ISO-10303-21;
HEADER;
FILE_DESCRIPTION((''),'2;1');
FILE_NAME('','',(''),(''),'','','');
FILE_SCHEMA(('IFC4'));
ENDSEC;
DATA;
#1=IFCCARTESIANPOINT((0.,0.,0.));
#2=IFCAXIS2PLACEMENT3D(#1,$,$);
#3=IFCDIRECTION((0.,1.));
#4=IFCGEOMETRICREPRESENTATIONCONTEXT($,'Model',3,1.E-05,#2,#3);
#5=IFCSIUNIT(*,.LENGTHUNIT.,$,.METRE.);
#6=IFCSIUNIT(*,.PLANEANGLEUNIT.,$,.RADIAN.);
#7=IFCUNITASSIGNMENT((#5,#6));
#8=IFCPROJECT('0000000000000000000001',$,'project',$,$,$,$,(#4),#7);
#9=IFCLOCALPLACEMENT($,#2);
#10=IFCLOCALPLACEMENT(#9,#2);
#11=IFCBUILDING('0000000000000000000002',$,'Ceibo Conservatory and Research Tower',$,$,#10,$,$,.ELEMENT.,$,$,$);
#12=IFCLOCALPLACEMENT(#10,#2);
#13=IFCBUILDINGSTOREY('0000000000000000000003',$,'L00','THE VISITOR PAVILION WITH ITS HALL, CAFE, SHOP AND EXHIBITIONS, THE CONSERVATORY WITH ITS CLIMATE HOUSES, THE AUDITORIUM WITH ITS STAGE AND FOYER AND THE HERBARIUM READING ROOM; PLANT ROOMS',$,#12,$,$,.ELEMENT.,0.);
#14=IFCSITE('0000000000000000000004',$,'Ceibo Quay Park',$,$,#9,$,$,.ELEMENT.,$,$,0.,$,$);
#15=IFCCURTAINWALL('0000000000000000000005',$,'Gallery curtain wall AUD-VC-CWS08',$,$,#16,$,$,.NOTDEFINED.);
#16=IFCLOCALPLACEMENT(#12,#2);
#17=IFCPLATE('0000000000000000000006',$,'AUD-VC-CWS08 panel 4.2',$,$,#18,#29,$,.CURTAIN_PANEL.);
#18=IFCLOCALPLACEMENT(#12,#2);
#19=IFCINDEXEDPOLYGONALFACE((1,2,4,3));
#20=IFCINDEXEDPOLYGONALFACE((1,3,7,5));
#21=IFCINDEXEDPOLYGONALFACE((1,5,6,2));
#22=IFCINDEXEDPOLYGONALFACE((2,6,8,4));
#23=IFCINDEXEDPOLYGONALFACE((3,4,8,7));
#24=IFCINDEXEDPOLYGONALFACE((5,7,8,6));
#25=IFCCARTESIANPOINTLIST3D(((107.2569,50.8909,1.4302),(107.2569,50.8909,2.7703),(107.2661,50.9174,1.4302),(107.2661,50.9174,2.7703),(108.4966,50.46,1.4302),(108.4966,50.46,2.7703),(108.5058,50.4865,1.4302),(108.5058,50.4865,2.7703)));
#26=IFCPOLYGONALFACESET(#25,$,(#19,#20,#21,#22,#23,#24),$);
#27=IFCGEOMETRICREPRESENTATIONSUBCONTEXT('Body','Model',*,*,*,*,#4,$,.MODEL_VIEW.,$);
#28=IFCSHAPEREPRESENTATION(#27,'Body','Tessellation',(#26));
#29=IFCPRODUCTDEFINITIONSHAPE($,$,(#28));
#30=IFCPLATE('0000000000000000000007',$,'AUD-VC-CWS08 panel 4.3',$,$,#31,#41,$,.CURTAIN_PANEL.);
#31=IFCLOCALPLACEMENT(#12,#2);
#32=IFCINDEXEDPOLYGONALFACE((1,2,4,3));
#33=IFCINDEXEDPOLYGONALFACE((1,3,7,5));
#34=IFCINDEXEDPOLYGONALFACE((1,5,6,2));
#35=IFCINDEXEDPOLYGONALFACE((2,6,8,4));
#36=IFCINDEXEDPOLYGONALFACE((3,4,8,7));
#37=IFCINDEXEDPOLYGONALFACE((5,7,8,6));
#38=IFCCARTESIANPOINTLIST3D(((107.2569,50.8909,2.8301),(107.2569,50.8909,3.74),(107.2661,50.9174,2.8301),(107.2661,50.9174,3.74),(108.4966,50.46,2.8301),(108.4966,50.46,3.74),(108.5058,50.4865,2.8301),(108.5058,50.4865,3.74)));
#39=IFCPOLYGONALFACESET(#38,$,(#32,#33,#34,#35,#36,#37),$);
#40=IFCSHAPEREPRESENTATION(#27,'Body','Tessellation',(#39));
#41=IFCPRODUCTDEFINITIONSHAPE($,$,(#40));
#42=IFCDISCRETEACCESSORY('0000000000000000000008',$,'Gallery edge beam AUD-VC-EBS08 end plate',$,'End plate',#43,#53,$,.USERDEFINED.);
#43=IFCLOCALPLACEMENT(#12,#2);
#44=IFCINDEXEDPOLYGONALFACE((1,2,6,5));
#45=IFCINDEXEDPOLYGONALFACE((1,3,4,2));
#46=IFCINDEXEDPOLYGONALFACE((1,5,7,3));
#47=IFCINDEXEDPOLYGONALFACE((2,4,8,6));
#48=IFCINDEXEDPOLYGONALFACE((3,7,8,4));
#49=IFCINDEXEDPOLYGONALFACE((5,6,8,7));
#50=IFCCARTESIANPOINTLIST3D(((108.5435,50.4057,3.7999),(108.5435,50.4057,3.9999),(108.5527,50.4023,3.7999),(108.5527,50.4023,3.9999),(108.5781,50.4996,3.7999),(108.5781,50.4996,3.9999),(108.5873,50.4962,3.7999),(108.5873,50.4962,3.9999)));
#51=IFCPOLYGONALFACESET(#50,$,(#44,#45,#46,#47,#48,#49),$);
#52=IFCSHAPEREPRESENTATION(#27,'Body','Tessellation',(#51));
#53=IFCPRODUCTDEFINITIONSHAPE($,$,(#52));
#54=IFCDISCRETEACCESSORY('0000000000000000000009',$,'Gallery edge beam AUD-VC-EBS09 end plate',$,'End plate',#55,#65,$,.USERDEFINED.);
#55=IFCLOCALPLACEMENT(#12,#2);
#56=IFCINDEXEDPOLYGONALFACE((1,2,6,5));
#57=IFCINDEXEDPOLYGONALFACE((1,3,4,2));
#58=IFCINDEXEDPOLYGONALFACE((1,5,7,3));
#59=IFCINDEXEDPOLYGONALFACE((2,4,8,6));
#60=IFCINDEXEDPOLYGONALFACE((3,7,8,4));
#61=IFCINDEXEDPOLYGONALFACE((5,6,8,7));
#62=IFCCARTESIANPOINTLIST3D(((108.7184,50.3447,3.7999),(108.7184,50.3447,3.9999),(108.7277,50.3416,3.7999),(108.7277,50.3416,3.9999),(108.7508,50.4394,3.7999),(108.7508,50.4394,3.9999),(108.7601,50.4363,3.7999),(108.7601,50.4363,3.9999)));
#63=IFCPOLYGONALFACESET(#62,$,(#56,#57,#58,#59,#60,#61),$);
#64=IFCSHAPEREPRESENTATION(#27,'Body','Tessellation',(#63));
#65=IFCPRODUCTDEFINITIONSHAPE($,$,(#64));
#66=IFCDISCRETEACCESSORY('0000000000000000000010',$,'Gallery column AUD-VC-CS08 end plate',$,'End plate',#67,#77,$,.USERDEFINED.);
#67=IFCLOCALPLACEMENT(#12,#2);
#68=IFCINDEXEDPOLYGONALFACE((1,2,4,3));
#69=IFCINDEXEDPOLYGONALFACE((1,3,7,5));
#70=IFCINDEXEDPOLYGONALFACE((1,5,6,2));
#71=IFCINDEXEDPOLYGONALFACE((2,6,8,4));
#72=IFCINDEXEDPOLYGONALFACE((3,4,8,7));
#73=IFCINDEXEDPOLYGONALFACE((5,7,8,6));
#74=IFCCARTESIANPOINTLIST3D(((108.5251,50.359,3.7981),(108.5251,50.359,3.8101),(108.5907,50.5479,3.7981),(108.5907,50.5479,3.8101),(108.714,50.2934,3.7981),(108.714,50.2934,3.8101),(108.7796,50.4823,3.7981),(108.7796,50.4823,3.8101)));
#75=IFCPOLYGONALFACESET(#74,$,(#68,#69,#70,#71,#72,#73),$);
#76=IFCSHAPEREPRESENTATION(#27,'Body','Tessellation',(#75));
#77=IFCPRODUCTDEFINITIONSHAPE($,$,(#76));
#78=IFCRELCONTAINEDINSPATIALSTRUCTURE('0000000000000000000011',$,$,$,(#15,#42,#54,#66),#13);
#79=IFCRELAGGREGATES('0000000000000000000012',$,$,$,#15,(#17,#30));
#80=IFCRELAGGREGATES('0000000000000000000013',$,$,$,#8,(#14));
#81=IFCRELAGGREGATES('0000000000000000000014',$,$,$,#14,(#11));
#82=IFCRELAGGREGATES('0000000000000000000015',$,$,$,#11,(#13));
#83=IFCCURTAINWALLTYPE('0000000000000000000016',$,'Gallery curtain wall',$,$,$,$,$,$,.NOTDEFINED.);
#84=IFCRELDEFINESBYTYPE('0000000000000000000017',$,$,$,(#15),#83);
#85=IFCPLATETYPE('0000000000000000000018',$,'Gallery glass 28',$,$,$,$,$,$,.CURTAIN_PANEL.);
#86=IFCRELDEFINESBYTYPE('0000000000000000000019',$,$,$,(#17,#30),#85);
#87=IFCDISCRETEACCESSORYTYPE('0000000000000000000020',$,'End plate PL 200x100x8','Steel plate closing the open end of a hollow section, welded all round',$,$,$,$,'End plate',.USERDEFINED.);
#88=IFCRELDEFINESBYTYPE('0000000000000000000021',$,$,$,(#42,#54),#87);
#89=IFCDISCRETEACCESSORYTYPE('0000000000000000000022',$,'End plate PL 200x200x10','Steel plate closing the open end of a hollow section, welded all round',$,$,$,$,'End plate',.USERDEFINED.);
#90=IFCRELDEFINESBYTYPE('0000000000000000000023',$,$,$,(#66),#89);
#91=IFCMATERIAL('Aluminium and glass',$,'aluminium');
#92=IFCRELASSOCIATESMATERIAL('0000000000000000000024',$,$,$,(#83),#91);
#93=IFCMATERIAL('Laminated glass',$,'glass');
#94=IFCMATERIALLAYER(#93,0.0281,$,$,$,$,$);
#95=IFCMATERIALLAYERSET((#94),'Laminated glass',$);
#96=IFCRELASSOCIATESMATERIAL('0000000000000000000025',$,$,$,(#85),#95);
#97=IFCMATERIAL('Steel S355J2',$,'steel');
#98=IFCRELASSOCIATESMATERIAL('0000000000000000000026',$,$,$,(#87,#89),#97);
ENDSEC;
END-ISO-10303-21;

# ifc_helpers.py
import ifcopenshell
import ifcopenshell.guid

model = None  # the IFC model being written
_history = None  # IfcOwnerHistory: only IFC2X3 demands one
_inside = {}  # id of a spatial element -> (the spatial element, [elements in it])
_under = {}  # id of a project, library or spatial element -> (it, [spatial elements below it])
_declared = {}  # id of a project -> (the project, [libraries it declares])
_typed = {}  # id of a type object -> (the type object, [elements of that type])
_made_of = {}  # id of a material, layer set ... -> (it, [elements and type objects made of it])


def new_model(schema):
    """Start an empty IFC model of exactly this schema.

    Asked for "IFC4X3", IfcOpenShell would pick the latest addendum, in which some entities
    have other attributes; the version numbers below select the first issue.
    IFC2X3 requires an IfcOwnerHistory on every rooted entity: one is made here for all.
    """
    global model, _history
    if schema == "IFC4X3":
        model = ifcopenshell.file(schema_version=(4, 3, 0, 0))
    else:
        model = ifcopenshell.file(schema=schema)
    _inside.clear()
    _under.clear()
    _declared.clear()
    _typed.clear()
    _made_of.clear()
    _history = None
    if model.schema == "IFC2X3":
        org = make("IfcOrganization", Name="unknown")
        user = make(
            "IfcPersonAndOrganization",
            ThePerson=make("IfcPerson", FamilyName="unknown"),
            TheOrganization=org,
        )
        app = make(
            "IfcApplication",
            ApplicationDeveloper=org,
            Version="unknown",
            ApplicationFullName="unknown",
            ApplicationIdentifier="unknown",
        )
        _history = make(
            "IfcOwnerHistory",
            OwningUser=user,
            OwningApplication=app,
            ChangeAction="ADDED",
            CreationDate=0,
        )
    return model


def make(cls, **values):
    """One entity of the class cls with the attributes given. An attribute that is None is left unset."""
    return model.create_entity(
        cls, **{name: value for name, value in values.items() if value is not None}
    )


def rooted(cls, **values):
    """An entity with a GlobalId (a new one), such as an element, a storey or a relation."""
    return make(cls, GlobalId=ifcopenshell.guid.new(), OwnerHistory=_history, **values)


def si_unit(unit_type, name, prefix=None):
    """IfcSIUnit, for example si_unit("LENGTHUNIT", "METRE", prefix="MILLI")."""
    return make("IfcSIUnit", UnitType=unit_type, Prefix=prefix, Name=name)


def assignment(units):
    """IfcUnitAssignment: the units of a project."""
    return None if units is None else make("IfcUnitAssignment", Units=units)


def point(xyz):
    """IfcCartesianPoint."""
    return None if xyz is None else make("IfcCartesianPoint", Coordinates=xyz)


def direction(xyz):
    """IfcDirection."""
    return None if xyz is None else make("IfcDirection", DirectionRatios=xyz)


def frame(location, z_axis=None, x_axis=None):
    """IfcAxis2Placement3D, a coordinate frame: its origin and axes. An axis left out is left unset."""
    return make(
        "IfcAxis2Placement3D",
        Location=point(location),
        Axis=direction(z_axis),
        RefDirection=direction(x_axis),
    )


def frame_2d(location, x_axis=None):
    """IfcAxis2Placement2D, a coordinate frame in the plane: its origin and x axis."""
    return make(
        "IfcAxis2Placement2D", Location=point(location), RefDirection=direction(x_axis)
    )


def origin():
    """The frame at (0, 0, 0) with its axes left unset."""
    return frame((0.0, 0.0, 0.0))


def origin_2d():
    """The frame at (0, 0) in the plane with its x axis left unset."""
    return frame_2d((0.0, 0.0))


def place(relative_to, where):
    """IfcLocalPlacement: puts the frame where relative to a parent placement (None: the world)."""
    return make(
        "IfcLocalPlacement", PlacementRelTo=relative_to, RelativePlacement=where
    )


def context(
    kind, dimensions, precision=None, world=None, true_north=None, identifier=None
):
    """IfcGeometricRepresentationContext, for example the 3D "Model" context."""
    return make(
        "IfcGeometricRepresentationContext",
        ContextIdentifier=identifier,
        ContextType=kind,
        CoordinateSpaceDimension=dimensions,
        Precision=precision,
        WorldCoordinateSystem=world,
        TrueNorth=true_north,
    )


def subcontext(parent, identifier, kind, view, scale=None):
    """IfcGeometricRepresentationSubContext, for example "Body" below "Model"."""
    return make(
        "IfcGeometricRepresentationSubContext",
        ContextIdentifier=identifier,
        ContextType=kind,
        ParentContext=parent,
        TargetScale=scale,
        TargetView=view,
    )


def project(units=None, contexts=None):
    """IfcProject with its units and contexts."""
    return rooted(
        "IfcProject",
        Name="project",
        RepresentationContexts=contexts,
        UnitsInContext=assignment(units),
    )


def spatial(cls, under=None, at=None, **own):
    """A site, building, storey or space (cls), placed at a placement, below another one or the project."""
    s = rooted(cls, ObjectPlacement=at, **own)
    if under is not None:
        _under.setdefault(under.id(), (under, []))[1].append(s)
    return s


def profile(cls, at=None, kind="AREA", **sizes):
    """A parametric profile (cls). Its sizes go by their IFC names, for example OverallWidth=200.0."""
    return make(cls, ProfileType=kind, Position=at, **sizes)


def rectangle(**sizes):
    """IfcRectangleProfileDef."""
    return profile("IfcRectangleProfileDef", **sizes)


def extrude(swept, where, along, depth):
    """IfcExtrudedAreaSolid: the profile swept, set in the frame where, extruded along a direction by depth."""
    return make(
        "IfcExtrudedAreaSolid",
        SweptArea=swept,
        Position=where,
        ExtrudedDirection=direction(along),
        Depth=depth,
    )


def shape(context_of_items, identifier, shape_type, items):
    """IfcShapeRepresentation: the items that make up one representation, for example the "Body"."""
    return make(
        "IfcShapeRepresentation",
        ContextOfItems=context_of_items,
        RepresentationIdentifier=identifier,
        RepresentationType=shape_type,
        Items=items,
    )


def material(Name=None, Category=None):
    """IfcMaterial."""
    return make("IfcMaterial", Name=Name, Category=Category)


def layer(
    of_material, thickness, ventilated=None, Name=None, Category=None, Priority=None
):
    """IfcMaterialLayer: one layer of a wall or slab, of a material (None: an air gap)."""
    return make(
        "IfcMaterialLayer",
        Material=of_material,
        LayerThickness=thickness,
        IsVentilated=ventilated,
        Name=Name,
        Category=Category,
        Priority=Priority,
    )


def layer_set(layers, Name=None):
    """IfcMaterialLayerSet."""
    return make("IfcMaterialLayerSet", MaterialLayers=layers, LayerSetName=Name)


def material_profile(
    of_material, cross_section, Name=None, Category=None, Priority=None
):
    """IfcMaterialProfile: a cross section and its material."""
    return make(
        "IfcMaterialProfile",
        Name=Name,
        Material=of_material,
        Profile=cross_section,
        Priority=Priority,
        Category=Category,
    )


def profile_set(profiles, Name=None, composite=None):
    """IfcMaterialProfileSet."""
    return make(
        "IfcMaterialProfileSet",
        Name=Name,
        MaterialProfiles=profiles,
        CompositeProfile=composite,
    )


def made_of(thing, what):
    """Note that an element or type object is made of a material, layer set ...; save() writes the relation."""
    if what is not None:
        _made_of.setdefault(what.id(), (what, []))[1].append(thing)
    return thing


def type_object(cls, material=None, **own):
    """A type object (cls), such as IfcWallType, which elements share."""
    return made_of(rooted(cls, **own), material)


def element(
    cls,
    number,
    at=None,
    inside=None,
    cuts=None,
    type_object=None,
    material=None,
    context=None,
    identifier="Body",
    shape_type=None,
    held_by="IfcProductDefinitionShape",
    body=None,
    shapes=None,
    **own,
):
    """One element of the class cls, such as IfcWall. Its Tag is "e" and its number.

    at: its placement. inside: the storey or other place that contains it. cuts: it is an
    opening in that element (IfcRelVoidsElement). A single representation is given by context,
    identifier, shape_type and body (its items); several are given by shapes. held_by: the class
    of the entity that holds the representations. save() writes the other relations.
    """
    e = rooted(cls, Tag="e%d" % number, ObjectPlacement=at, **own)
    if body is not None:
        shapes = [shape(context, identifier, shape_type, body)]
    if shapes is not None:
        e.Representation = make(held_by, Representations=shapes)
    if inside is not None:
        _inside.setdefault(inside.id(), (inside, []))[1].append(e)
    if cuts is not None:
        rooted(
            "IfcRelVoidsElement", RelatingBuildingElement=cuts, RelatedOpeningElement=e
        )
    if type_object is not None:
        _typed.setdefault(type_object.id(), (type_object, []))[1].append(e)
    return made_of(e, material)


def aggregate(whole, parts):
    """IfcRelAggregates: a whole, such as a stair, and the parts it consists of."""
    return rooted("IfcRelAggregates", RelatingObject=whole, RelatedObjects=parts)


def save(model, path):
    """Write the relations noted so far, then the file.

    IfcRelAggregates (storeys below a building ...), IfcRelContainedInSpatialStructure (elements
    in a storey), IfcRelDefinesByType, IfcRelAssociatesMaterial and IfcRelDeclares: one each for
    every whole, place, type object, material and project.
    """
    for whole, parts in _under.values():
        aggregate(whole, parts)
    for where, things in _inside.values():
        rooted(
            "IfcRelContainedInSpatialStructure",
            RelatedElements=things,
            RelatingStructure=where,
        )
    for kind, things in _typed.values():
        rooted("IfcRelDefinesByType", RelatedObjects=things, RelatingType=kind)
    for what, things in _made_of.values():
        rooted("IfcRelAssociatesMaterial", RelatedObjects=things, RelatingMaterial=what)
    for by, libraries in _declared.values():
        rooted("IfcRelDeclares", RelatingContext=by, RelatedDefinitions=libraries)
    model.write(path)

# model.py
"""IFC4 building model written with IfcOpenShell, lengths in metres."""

from ifc_helpers import new_model, si_unit, direction, frame, origin, origin_2d, place, context, subcontext, project, spatial, rectangle, extrude, material, layer, layer_set, material_profile, profile_set, type_object, element, aggregate, save


model = new_model("IFC4")

# Units and contexts
model_context = context("Model", 3, precision=1e-05, world=origin(), true_north=direction((0.0, 1.0)))
body_context = subcontext(model_context, "Body", "Model", "MODEL_VIEW")
ifc_project = project(units=[si_unit("LENGTHUNIT", "METRE"), si_unit("PLANEANGLEUNIT", "RADIAN")], contexts=[model_context])

# Site, building, storey
site_placement = place(None, origin())
site = spatial("IfcSite", under=ifc_project, at=site_placement, Name="Ceibo Quay Park", CompositionType="ELEMENT", RefElevation=0.0)
building_placement = place(site_placement, origin())
building = spatial("IfcBuilding", under=site, at=building_placement, Name="Ceibo Conservatory and Research Tower", CompositionType="ELEMENT")
storey_placement = place(building_placement, origin())
storey = spatial("IfcBuildingStorey", under=building, at=storey_placement, Name="L00", Description="THE VISITOR PAVILION WITH ITS HALL, CAFE, SHOP AND EXHIBITIONS, THE CONSERVATORY WITH ITS CLIMATE HOUSES, THE AUDITORIUM WITH ITS STAGE AND FOYER AND THE HERBARIUM READING ROOM; PLANT ROOMS", CompositionType="ELEMENT", Elevation=0.0)

# Curtain wall
ifc_material_1 = material(Name="Aluminium and glass", Category="aluminium")
curtain_wall_type = type_object("IfcCurtainWallType", Name="Gallery curtain wall", PredefinedType="NOTDEFINED", material=ifc_material_1)
curtain_wall_1_placement = place(storey_placement, origin())
curtain_wall_1 = element("IfcCurtainWall", 1, at=curtain_wall_1_placement, inside=storey, type_object=curtain_wall_type, Name="Gallery curtain wall AUD-VC-CWS08", PredefinedType="NOTDEFINED")

# Plates
ifc_material_2 = material(Name="Laminated glass", Category="glass")
ifc_layer = layer(ifc_material_2, 0.0281)
ifc_layer_set = layer_set([ifc_layer], Name="Laminated glass")
plate_type = type_object("IfcPlateType", Name="Gallery glass 28", PredefinedType="CURTAIN_PANEL", material=ifc_layer_set)
plate_1_placement = place(storey_placement, frame((107.8813, 50.6887, 1.4302), z_axis=(0.0, 0.0, 1.0), x_axis=(0.944579, -0.328284, 0.0)))
plate_1 = element("IfcPlate", 2, at=plate_1_placement, type_object=plate_type, Name="AUD-VC-CWS08 panel 4.2", PredefinedType="CURTAIN_PANEL", context=body_context, shape_type="SweptSolid", body=[
    extrude(rectangle(XDim=1.3125, YDim=0.0281, at=origin_2d()), origin(), (0.0, 0.0, 1.0), 1.3401),
])
plate_2_placement = place(storey_placement, frame((107.8813, 50.6887, 2.8301), z_axis=(0.0, 0.0, 1.0), x_axis=(0.944579, -0.328284, 0.0)))
plate_2 = element("IfcPlate", 3, at=plate_2_placement, type_object=plate_type, Name="AUD-VC-CWS08 panel 4.3", PredefinedType="CURTAIN_PANEL", context=body_context, shape_type="SweptSolid", body=[
    extrude(rectangle(XDim=1.3125, YDim=0.0281, at=origin_2d()), origin(), (0.0, 0.0, 1.0), 0.9099),
])
aggregate(curtain_wall_1, [plate_1, plate_2])

# Discrete accessories
ifc_material_3 = material(Name="Steel S355J2", Category="steel")
ifc_material_profile_1 = material_profile(ifc_material_3, rectangle(XDim=0.1001, YDim=0.2, at=origin_2d()), Name="End plate PL 200x100x8")
ifc_profile_set_1 = profile_set([ifc_material_profile_1], Name="Steel S355J2")
discrete_accessory_type_1 = type_object("IfcDiscreteAccessoryType", Name="End plate PL 200x100x8", Description="Steel plate closing the open end of a hollow section, welded all round", ElementType="End plate", PredefinedType="USERDEFINED", material=ifc_profile_set_1)
for number, where, z_axis, x_axis, name in (
    (4, (108.5608, 50.4526, 3.8999), (0.938343, -0.345705, 0.0), (0.345705, 0.938343, 0.0), "Gallery edge beam AUD-VC-EBS08 end plate"),
    (5, (108.7346, 50.3921, 3.8999), (0.946164, -0.323688, 0.0), (0.323688, 0.946164, 0.0), "Gallery edge beam AUD-VC-EBS09 end plate"),
):
    element("IfcDiscreteAccessory", number, at=place(storey_placement, frame(where, z_axis=z_axis, x_axis=x_axis)), inside=storey, type_object=discrete_accessory_type_1, Name=name, ObjectType="End plate", PredefinedType="USERDEFINED", context=body_context, shape_type="SweptSolid", body=[
        extrude(rectangle(XDim=0.1001, YDim=0.2, at=origin_2d()), origin(), (0.0, 0.0, 1.0), 0.0098),
    ])
ifc_material_profile_2 = material_profile(ifc_material_3, rectangle(XDim=0.2, YDim=0.2, at=origin_2d()), Name="End plate PL 200x200x10")
ifc_profile_set_2 = profile_set([ifc_material_profile_2], Name="Steel S355J2")
discrete_accessory_type_2 = type_object("IfcDiscreteAccessoryType", Name="End plate PL 200x200x10", Description="Steel plate closing the open end of a hollow section, welded all round", ElementType="End plate", PredefinedType="USERDEFINED", material=ifc_profile_set_2)
discrete_accessory_placement = place(storey_placement, frame((108.6523, 50.4207, 3.7981), z_axis=(0.0, 0.0, 1.0), x_axis=(0.944579, -0.328284, 0.0)))
element("IfcDiscreteAccessory", 6, at=discrete_accessory_placement, inside=storey, type_object=discrete_accessory_type_2, Name="Gallery column AUD-VC-CS08 end plate", ObjectType="End plate", PredefinedType="USERDEFINED", context=body_context, shape_type="SweptSolid", body=[
    extrude(rectangle(XDim=0.2, YDim=0.2, at=origin_2d()), origin(), (0.0, 0.0, 1.0), 0.012),
])

save(model, "model.ifc")
